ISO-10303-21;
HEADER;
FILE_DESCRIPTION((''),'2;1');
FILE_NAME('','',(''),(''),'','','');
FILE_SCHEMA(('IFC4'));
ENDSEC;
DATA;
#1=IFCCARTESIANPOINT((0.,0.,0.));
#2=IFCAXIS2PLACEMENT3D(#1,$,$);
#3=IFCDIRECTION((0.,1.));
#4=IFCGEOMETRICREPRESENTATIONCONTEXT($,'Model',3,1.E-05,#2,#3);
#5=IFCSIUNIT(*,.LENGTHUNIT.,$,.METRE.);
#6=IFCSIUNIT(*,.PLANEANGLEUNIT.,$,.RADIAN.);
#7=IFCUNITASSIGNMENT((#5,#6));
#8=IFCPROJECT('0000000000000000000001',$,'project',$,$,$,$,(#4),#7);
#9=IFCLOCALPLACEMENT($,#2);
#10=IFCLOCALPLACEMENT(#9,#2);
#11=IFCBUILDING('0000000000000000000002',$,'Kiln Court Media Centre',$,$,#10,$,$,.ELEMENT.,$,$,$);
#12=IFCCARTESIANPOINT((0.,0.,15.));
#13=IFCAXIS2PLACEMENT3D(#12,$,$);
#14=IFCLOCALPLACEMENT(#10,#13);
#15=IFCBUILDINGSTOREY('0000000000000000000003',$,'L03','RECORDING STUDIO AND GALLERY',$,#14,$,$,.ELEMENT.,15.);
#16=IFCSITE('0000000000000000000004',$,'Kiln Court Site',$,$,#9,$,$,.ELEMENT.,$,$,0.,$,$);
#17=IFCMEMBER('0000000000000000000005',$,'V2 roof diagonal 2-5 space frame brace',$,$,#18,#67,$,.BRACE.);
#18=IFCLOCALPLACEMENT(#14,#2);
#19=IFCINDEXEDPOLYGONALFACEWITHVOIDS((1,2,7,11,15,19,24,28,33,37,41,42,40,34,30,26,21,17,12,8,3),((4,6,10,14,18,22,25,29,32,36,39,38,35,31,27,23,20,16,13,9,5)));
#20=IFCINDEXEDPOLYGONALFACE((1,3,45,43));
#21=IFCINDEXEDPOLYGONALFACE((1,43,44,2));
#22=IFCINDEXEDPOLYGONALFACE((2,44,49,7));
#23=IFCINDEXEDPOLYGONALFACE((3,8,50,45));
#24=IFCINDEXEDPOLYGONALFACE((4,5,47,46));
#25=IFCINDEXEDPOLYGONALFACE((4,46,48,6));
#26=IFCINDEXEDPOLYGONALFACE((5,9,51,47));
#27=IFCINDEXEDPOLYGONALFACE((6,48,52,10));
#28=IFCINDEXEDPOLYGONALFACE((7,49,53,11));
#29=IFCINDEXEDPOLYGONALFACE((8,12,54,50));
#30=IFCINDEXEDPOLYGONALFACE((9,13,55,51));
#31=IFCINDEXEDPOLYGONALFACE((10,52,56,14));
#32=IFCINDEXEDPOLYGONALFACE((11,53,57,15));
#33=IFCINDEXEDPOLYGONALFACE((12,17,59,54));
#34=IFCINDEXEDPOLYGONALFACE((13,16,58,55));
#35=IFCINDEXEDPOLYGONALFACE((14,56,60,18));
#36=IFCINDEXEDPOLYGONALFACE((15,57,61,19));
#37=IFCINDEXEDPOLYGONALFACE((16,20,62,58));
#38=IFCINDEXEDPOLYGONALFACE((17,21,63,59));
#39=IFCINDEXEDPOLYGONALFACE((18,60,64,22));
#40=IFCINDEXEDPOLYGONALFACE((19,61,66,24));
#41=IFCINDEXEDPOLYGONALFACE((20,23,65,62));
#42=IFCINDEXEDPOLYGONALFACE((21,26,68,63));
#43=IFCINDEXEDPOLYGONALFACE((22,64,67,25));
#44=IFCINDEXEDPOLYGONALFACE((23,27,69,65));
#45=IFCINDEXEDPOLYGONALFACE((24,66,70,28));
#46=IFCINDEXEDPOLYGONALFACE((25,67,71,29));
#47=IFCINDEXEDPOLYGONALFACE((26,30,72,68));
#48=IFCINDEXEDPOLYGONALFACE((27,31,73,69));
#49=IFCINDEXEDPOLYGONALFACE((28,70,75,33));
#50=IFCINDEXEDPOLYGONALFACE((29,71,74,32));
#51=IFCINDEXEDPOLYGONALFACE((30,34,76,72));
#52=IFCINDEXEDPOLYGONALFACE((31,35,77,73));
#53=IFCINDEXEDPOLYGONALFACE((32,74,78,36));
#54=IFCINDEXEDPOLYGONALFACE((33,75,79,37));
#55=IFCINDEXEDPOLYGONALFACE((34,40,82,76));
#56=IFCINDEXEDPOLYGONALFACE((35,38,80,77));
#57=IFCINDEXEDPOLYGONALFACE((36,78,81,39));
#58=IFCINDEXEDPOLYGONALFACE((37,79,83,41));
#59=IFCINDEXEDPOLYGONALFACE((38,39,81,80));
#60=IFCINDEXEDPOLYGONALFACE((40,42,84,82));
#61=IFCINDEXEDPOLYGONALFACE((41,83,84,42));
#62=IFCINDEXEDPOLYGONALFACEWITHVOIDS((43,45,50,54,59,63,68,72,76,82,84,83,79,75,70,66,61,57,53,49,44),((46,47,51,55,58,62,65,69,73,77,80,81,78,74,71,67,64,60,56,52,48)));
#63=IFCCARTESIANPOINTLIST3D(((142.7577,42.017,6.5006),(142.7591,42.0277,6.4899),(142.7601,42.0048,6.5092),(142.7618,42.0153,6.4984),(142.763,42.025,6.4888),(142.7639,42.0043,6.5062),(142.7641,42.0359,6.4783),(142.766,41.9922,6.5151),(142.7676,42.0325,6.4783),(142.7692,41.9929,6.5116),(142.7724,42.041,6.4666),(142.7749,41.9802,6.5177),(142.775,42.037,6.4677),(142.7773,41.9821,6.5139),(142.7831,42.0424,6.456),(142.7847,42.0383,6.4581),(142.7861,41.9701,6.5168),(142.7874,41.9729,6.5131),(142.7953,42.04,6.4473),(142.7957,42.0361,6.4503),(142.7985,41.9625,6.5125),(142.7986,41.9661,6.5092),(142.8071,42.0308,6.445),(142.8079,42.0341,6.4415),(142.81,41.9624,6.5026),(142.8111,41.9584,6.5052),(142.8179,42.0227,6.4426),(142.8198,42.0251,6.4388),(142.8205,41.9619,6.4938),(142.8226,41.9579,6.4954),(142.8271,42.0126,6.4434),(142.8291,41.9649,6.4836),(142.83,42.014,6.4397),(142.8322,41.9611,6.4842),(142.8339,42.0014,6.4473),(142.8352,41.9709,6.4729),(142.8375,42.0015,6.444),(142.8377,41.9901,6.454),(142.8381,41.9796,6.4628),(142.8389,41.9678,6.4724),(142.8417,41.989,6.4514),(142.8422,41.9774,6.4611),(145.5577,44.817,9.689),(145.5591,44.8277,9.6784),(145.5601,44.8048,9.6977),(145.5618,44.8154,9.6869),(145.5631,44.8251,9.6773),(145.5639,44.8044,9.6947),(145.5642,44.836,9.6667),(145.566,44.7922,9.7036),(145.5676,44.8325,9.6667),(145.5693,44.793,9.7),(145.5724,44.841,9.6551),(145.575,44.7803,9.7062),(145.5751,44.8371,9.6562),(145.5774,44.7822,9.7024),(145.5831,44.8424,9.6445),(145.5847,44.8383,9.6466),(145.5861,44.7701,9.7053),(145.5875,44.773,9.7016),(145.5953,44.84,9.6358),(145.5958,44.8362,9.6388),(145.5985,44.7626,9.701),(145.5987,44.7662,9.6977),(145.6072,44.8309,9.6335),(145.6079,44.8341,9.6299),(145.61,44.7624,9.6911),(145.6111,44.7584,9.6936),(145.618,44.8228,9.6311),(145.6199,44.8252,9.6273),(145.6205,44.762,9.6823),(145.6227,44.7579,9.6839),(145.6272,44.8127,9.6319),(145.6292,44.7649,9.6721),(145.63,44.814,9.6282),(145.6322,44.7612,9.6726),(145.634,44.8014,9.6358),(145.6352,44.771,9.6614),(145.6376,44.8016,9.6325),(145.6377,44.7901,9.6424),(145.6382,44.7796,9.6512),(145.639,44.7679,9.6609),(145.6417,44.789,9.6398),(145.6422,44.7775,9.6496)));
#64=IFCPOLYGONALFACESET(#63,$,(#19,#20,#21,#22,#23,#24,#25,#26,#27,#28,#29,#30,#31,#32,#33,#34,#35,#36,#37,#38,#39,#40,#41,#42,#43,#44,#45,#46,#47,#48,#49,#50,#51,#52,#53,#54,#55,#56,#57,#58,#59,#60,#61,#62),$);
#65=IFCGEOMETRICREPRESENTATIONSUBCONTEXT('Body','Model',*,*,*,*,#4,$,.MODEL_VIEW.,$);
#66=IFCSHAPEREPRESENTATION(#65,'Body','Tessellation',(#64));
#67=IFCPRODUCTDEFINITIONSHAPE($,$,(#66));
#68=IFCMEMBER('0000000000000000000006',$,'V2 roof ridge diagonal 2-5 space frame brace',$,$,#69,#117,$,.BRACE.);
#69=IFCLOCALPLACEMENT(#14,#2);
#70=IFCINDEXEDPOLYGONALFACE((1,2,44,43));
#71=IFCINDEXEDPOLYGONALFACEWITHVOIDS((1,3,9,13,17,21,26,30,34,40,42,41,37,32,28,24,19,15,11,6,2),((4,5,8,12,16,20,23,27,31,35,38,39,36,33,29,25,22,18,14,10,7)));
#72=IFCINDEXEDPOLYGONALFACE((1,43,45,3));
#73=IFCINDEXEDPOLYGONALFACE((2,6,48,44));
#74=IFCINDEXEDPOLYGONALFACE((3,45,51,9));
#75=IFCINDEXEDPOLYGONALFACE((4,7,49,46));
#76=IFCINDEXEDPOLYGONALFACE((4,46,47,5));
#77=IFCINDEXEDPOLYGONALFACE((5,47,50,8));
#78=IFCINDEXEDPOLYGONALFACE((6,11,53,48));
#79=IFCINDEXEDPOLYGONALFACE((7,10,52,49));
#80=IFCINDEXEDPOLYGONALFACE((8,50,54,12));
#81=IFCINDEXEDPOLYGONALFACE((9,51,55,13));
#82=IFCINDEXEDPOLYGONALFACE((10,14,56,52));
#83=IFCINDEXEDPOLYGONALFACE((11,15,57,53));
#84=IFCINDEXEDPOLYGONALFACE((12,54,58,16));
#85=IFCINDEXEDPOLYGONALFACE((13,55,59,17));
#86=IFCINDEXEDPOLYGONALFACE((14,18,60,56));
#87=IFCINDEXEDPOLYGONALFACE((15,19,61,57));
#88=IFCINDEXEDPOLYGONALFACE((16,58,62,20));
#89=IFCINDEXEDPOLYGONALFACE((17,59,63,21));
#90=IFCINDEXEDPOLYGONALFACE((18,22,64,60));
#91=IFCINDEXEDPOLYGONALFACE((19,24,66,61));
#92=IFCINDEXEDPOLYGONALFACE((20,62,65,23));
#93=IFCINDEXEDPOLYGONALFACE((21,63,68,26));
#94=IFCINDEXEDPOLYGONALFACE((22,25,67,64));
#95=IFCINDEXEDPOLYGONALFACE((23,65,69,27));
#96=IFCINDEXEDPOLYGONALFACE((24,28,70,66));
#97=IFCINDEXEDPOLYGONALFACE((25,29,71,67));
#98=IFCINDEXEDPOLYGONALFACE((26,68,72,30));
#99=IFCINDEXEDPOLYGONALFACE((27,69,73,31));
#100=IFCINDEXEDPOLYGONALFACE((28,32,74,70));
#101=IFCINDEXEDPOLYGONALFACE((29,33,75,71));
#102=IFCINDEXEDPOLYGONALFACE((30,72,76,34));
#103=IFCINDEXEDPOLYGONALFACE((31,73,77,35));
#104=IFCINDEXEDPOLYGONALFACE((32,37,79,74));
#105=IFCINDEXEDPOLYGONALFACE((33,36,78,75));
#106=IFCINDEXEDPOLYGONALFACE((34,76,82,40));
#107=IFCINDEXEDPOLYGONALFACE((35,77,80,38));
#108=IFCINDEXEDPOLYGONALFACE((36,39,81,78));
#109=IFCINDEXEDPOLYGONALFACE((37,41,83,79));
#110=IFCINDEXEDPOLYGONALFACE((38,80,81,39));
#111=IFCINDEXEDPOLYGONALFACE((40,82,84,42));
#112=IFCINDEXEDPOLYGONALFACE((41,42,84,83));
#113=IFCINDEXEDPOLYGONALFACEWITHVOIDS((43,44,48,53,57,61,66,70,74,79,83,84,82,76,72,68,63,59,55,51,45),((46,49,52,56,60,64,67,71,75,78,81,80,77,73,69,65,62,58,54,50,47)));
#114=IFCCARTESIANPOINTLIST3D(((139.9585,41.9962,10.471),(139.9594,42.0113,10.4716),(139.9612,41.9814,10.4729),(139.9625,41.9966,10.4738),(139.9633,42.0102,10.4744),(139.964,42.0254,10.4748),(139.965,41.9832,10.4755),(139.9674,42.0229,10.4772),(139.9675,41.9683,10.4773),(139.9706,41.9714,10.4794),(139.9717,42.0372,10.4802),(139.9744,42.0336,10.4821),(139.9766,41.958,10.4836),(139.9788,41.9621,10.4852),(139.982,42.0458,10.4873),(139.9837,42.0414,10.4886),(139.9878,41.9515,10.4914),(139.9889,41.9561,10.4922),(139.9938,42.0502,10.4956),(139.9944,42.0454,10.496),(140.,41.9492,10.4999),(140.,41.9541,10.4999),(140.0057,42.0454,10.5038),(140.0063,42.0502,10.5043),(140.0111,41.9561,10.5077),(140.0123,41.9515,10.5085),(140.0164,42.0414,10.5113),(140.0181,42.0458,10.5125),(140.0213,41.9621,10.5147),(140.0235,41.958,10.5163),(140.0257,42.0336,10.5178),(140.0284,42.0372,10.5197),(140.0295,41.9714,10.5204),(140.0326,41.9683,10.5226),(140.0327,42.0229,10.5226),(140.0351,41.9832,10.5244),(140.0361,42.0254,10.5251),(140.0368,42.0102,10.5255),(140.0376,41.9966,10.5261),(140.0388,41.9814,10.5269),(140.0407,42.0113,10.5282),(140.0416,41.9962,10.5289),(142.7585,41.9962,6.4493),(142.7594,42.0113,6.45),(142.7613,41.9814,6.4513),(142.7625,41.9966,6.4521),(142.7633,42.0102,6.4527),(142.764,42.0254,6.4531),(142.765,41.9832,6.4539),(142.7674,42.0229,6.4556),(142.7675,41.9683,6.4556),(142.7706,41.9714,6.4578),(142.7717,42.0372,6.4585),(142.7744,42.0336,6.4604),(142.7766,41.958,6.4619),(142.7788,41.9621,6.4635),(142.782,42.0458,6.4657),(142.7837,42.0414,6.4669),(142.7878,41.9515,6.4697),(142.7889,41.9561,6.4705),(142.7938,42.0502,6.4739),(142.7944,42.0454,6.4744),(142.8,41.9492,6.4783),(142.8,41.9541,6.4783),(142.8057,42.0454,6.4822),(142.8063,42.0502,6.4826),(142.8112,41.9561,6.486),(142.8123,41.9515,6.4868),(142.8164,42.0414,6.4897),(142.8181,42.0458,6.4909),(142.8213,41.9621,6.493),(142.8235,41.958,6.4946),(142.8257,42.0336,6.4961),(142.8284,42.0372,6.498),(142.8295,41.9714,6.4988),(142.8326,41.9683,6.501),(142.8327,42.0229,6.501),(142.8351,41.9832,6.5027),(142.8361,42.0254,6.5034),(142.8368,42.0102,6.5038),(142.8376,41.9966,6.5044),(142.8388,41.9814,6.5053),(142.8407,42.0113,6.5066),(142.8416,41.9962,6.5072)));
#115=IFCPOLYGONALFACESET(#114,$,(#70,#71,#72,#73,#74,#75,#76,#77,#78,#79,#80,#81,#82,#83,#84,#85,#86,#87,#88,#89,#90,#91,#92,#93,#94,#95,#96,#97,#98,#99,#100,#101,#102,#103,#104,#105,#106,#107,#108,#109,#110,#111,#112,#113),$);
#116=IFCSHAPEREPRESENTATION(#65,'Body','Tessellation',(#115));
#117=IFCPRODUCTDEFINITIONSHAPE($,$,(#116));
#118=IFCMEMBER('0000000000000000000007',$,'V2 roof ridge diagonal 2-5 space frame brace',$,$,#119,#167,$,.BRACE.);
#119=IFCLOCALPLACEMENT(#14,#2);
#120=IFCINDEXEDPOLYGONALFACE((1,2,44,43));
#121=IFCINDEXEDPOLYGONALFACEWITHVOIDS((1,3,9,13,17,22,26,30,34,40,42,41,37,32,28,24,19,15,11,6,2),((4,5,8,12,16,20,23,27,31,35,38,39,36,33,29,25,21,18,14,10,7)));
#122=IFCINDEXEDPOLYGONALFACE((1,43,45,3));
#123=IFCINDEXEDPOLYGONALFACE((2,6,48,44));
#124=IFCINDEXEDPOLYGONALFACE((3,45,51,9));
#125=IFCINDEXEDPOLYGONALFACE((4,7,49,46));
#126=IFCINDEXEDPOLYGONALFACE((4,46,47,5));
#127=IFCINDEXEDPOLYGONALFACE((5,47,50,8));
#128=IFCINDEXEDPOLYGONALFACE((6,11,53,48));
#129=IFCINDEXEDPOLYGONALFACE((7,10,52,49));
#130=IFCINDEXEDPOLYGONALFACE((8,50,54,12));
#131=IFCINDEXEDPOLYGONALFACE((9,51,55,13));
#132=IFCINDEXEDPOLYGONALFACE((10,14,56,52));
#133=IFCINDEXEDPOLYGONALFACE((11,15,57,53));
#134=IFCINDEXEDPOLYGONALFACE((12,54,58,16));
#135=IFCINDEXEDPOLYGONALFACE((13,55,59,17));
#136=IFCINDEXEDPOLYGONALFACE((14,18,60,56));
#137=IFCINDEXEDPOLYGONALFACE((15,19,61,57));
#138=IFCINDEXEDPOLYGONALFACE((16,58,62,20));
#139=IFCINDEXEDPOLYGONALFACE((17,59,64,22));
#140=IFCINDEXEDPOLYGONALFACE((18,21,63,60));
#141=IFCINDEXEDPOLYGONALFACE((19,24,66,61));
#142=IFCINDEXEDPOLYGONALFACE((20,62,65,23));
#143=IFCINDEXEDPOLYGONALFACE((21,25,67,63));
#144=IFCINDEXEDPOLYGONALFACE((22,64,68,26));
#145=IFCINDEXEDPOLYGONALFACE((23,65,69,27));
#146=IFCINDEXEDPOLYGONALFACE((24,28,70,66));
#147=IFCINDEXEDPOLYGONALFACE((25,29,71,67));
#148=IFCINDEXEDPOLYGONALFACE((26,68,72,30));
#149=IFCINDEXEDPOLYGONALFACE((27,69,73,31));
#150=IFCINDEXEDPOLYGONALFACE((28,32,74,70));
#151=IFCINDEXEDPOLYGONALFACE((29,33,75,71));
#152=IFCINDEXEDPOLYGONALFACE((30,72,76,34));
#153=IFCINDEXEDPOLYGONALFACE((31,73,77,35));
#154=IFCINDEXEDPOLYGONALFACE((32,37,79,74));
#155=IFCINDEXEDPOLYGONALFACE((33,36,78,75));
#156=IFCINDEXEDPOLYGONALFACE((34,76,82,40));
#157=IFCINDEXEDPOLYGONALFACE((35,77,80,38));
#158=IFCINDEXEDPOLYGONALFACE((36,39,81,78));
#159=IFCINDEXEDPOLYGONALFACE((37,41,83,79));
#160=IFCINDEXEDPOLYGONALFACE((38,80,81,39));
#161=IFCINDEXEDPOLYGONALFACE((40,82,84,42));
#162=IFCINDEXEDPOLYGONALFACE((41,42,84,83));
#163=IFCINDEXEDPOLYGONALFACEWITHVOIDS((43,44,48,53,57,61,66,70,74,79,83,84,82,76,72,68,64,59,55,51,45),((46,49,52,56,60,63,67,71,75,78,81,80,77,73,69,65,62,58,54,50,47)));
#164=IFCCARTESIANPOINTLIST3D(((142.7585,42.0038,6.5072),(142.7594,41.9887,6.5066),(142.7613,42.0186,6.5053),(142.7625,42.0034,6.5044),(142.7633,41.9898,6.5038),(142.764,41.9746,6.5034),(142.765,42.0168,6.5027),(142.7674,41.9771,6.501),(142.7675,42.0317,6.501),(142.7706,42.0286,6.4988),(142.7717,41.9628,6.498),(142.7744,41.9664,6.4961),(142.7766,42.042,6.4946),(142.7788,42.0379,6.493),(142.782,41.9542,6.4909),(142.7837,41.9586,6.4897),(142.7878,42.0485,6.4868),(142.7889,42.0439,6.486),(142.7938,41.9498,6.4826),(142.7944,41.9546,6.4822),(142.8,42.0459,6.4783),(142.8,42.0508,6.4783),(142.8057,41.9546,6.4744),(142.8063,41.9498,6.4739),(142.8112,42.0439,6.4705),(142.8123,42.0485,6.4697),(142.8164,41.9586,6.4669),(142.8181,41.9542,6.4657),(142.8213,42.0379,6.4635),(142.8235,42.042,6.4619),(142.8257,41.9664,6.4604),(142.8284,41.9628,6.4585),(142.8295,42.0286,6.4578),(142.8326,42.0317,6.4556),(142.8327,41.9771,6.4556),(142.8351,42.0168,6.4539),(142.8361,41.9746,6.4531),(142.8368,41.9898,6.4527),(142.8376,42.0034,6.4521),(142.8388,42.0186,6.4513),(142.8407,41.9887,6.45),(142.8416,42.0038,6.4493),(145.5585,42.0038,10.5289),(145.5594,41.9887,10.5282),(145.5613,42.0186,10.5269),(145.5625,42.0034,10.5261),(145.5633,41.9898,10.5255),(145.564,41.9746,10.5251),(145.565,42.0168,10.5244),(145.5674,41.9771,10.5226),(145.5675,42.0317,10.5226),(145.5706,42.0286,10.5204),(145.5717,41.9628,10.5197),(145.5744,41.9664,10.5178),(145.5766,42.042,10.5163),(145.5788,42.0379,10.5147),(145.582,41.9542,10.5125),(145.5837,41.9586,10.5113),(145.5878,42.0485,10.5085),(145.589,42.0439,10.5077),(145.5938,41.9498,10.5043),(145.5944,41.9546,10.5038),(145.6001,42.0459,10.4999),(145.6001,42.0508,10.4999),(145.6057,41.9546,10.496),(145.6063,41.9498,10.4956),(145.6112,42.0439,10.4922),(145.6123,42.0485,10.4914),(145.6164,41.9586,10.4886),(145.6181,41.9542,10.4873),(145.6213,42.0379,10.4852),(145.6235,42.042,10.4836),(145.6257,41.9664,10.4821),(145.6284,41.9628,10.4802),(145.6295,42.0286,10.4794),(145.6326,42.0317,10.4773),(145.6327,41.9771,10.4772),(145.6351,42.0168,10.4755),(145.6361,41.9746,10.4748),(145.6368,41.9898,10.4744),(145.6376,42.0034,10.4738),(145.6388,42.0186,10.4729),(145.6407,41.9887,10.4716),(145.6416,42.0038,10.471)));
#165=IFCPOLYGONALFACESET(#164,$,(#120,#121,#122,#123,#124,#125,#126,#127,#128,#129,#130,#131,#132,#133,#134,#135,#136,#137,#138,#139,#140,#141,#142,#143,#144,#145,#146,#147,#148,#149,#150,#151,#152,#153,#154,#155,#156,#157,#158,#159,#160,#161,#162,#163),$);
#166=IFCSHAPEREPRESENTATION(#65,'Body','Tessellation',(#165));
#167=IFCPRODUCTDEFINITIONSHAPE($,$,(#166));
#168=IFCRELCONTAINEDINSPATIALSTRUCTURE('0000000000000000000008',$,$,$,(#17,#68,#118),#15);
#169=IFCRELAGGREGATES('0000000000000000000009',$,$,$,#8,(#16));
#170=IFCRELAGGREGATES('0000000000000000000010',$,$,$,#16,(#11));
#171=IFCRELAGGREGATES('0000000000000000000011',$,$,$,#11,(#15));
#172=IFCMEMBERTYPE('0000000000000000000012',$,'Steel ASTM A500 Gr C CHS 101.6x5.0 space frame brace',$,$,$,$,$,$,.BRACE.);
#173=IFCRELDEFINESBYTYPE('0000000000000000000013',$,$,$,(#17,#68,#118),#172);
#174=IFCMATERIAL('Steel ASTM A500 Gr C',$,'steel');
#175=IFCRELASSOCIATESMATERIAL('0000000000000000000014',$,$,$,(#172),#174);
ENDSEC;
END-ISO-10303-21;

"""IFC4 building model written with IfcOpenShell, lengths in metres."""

from ifc_helpers import new_model, si_unit, direction, frame, origin, origin_2d, place, context, subcontext, project, spatial, hollow_circle, extrude, material, material_profile, profile_set, type_object, element, save


model = new_model("IFC4")

# Units and contexts
model_context = context("Model", 3, precision=1e-05, world=origin(), true_north=direction((0.0, 1.0)))
body_context = subcontext(model_context, "Body", "Model", "MODEL_VIEW")
ifc_project = project(units=[si_unit("LENGTHUNIT", "METRE"), si_unit("PLANEANGLEUNIT", "RADIAN")], contexts=[model_context])

# Site, building, storey
site_placement = place(None, origin())
site = spatial("IfcSite", under=ifc_project, at=site_placement, Name="Kiln Court Site", CompositionType="ELEMENT", RefElevation=0.0)
building_placement = place(site_placement, origin())
building = spatial("IfcBuilding", under=site, at=building_placement, Name="Kiln Court Media Centre", CompositionType="ELEMENT")
storey_placement = place(building_placement, frame((0.0, 0.0, 15.0)))
storey = spatial("IfcBuildingStorey", under=building, at=storey_placement, Name="L03", Description="RECORDING STUDIO AND GALLERY", CompositionType="ELEMENT", Elevation=15.0)

# Members
ifc_material_1 = material(Name="Steel ASTM A500 Gr C", Category="steel")
ifc_material_profile_1 = material_profile(ifc_material_1, hollow_circle(Radius=0.0508, WallThickness=0.0049, at=origin_2d()), Name="CHS 101.6x5.0")
ifc_profile_set_1 = profile_set([ifc_material_profile_1], Name="Steel ASTM A500 Gr C")
member_type_1 = type_object("IfcMemberType", Name="Steel ASTM A500 Gr C CHS 101.6x5.0 space frame brace", PredefinedType="BRACE", material=ifc_profile_set_1)
member_1_placement = place(storey_placement, frame((142.8, 42.0, 6.4783), z_axis=(0.550758, 0.550758, 0.627161), x_axis=(-0.707107, 0.707107, 0.0)))
element("IfcMember", 1, at=member_1_placement, inside=storey, type_object=member_type_1, Name="V2 roof diagonal 2-5 space frame brace", PredefinedType="BRACE", context=body_context, shape_type="SweptSolid", body=[
    extrude(hollow_circle(Radius=0.0508, WallThickness=0.0049, at=origin_2d()), origin(), (0.0, 0.0, 1.0), 5.084),
])
for number, where, z_axis, x_axis, name in (
    (2, (142.8, 42.0, 6.4783), (-0.571384, 0.0, 0.820683), (0.0, -1.0, 0.0), "V2 roof ridge diagonal 2-5 space frame brace"),
    (3, (142.8, 42.0, 6.4783), (0.571384, 0.0, 0.820683), (0.0, 1.0, 0.0), "V2 roof ridge diagonal 2-5 space frame brace"),
):
    element("IfcMember", number, at=place(storey_placement, frame(where, z_axis=z_axis, x_axis=x_axis)), inside=storey, type_object=member_type_1, Name=name, PredefinedType="BRACE", context=body_context, shape_type="SweptSolid", body=[
        extrude(hollow_circle(Radius=0.0508, WallThickness=0.0049, at=origin_2d()), origin(), (0.0, 0.0, 1.0), 4.9004),
    ])

save(model, "model.ifc")
